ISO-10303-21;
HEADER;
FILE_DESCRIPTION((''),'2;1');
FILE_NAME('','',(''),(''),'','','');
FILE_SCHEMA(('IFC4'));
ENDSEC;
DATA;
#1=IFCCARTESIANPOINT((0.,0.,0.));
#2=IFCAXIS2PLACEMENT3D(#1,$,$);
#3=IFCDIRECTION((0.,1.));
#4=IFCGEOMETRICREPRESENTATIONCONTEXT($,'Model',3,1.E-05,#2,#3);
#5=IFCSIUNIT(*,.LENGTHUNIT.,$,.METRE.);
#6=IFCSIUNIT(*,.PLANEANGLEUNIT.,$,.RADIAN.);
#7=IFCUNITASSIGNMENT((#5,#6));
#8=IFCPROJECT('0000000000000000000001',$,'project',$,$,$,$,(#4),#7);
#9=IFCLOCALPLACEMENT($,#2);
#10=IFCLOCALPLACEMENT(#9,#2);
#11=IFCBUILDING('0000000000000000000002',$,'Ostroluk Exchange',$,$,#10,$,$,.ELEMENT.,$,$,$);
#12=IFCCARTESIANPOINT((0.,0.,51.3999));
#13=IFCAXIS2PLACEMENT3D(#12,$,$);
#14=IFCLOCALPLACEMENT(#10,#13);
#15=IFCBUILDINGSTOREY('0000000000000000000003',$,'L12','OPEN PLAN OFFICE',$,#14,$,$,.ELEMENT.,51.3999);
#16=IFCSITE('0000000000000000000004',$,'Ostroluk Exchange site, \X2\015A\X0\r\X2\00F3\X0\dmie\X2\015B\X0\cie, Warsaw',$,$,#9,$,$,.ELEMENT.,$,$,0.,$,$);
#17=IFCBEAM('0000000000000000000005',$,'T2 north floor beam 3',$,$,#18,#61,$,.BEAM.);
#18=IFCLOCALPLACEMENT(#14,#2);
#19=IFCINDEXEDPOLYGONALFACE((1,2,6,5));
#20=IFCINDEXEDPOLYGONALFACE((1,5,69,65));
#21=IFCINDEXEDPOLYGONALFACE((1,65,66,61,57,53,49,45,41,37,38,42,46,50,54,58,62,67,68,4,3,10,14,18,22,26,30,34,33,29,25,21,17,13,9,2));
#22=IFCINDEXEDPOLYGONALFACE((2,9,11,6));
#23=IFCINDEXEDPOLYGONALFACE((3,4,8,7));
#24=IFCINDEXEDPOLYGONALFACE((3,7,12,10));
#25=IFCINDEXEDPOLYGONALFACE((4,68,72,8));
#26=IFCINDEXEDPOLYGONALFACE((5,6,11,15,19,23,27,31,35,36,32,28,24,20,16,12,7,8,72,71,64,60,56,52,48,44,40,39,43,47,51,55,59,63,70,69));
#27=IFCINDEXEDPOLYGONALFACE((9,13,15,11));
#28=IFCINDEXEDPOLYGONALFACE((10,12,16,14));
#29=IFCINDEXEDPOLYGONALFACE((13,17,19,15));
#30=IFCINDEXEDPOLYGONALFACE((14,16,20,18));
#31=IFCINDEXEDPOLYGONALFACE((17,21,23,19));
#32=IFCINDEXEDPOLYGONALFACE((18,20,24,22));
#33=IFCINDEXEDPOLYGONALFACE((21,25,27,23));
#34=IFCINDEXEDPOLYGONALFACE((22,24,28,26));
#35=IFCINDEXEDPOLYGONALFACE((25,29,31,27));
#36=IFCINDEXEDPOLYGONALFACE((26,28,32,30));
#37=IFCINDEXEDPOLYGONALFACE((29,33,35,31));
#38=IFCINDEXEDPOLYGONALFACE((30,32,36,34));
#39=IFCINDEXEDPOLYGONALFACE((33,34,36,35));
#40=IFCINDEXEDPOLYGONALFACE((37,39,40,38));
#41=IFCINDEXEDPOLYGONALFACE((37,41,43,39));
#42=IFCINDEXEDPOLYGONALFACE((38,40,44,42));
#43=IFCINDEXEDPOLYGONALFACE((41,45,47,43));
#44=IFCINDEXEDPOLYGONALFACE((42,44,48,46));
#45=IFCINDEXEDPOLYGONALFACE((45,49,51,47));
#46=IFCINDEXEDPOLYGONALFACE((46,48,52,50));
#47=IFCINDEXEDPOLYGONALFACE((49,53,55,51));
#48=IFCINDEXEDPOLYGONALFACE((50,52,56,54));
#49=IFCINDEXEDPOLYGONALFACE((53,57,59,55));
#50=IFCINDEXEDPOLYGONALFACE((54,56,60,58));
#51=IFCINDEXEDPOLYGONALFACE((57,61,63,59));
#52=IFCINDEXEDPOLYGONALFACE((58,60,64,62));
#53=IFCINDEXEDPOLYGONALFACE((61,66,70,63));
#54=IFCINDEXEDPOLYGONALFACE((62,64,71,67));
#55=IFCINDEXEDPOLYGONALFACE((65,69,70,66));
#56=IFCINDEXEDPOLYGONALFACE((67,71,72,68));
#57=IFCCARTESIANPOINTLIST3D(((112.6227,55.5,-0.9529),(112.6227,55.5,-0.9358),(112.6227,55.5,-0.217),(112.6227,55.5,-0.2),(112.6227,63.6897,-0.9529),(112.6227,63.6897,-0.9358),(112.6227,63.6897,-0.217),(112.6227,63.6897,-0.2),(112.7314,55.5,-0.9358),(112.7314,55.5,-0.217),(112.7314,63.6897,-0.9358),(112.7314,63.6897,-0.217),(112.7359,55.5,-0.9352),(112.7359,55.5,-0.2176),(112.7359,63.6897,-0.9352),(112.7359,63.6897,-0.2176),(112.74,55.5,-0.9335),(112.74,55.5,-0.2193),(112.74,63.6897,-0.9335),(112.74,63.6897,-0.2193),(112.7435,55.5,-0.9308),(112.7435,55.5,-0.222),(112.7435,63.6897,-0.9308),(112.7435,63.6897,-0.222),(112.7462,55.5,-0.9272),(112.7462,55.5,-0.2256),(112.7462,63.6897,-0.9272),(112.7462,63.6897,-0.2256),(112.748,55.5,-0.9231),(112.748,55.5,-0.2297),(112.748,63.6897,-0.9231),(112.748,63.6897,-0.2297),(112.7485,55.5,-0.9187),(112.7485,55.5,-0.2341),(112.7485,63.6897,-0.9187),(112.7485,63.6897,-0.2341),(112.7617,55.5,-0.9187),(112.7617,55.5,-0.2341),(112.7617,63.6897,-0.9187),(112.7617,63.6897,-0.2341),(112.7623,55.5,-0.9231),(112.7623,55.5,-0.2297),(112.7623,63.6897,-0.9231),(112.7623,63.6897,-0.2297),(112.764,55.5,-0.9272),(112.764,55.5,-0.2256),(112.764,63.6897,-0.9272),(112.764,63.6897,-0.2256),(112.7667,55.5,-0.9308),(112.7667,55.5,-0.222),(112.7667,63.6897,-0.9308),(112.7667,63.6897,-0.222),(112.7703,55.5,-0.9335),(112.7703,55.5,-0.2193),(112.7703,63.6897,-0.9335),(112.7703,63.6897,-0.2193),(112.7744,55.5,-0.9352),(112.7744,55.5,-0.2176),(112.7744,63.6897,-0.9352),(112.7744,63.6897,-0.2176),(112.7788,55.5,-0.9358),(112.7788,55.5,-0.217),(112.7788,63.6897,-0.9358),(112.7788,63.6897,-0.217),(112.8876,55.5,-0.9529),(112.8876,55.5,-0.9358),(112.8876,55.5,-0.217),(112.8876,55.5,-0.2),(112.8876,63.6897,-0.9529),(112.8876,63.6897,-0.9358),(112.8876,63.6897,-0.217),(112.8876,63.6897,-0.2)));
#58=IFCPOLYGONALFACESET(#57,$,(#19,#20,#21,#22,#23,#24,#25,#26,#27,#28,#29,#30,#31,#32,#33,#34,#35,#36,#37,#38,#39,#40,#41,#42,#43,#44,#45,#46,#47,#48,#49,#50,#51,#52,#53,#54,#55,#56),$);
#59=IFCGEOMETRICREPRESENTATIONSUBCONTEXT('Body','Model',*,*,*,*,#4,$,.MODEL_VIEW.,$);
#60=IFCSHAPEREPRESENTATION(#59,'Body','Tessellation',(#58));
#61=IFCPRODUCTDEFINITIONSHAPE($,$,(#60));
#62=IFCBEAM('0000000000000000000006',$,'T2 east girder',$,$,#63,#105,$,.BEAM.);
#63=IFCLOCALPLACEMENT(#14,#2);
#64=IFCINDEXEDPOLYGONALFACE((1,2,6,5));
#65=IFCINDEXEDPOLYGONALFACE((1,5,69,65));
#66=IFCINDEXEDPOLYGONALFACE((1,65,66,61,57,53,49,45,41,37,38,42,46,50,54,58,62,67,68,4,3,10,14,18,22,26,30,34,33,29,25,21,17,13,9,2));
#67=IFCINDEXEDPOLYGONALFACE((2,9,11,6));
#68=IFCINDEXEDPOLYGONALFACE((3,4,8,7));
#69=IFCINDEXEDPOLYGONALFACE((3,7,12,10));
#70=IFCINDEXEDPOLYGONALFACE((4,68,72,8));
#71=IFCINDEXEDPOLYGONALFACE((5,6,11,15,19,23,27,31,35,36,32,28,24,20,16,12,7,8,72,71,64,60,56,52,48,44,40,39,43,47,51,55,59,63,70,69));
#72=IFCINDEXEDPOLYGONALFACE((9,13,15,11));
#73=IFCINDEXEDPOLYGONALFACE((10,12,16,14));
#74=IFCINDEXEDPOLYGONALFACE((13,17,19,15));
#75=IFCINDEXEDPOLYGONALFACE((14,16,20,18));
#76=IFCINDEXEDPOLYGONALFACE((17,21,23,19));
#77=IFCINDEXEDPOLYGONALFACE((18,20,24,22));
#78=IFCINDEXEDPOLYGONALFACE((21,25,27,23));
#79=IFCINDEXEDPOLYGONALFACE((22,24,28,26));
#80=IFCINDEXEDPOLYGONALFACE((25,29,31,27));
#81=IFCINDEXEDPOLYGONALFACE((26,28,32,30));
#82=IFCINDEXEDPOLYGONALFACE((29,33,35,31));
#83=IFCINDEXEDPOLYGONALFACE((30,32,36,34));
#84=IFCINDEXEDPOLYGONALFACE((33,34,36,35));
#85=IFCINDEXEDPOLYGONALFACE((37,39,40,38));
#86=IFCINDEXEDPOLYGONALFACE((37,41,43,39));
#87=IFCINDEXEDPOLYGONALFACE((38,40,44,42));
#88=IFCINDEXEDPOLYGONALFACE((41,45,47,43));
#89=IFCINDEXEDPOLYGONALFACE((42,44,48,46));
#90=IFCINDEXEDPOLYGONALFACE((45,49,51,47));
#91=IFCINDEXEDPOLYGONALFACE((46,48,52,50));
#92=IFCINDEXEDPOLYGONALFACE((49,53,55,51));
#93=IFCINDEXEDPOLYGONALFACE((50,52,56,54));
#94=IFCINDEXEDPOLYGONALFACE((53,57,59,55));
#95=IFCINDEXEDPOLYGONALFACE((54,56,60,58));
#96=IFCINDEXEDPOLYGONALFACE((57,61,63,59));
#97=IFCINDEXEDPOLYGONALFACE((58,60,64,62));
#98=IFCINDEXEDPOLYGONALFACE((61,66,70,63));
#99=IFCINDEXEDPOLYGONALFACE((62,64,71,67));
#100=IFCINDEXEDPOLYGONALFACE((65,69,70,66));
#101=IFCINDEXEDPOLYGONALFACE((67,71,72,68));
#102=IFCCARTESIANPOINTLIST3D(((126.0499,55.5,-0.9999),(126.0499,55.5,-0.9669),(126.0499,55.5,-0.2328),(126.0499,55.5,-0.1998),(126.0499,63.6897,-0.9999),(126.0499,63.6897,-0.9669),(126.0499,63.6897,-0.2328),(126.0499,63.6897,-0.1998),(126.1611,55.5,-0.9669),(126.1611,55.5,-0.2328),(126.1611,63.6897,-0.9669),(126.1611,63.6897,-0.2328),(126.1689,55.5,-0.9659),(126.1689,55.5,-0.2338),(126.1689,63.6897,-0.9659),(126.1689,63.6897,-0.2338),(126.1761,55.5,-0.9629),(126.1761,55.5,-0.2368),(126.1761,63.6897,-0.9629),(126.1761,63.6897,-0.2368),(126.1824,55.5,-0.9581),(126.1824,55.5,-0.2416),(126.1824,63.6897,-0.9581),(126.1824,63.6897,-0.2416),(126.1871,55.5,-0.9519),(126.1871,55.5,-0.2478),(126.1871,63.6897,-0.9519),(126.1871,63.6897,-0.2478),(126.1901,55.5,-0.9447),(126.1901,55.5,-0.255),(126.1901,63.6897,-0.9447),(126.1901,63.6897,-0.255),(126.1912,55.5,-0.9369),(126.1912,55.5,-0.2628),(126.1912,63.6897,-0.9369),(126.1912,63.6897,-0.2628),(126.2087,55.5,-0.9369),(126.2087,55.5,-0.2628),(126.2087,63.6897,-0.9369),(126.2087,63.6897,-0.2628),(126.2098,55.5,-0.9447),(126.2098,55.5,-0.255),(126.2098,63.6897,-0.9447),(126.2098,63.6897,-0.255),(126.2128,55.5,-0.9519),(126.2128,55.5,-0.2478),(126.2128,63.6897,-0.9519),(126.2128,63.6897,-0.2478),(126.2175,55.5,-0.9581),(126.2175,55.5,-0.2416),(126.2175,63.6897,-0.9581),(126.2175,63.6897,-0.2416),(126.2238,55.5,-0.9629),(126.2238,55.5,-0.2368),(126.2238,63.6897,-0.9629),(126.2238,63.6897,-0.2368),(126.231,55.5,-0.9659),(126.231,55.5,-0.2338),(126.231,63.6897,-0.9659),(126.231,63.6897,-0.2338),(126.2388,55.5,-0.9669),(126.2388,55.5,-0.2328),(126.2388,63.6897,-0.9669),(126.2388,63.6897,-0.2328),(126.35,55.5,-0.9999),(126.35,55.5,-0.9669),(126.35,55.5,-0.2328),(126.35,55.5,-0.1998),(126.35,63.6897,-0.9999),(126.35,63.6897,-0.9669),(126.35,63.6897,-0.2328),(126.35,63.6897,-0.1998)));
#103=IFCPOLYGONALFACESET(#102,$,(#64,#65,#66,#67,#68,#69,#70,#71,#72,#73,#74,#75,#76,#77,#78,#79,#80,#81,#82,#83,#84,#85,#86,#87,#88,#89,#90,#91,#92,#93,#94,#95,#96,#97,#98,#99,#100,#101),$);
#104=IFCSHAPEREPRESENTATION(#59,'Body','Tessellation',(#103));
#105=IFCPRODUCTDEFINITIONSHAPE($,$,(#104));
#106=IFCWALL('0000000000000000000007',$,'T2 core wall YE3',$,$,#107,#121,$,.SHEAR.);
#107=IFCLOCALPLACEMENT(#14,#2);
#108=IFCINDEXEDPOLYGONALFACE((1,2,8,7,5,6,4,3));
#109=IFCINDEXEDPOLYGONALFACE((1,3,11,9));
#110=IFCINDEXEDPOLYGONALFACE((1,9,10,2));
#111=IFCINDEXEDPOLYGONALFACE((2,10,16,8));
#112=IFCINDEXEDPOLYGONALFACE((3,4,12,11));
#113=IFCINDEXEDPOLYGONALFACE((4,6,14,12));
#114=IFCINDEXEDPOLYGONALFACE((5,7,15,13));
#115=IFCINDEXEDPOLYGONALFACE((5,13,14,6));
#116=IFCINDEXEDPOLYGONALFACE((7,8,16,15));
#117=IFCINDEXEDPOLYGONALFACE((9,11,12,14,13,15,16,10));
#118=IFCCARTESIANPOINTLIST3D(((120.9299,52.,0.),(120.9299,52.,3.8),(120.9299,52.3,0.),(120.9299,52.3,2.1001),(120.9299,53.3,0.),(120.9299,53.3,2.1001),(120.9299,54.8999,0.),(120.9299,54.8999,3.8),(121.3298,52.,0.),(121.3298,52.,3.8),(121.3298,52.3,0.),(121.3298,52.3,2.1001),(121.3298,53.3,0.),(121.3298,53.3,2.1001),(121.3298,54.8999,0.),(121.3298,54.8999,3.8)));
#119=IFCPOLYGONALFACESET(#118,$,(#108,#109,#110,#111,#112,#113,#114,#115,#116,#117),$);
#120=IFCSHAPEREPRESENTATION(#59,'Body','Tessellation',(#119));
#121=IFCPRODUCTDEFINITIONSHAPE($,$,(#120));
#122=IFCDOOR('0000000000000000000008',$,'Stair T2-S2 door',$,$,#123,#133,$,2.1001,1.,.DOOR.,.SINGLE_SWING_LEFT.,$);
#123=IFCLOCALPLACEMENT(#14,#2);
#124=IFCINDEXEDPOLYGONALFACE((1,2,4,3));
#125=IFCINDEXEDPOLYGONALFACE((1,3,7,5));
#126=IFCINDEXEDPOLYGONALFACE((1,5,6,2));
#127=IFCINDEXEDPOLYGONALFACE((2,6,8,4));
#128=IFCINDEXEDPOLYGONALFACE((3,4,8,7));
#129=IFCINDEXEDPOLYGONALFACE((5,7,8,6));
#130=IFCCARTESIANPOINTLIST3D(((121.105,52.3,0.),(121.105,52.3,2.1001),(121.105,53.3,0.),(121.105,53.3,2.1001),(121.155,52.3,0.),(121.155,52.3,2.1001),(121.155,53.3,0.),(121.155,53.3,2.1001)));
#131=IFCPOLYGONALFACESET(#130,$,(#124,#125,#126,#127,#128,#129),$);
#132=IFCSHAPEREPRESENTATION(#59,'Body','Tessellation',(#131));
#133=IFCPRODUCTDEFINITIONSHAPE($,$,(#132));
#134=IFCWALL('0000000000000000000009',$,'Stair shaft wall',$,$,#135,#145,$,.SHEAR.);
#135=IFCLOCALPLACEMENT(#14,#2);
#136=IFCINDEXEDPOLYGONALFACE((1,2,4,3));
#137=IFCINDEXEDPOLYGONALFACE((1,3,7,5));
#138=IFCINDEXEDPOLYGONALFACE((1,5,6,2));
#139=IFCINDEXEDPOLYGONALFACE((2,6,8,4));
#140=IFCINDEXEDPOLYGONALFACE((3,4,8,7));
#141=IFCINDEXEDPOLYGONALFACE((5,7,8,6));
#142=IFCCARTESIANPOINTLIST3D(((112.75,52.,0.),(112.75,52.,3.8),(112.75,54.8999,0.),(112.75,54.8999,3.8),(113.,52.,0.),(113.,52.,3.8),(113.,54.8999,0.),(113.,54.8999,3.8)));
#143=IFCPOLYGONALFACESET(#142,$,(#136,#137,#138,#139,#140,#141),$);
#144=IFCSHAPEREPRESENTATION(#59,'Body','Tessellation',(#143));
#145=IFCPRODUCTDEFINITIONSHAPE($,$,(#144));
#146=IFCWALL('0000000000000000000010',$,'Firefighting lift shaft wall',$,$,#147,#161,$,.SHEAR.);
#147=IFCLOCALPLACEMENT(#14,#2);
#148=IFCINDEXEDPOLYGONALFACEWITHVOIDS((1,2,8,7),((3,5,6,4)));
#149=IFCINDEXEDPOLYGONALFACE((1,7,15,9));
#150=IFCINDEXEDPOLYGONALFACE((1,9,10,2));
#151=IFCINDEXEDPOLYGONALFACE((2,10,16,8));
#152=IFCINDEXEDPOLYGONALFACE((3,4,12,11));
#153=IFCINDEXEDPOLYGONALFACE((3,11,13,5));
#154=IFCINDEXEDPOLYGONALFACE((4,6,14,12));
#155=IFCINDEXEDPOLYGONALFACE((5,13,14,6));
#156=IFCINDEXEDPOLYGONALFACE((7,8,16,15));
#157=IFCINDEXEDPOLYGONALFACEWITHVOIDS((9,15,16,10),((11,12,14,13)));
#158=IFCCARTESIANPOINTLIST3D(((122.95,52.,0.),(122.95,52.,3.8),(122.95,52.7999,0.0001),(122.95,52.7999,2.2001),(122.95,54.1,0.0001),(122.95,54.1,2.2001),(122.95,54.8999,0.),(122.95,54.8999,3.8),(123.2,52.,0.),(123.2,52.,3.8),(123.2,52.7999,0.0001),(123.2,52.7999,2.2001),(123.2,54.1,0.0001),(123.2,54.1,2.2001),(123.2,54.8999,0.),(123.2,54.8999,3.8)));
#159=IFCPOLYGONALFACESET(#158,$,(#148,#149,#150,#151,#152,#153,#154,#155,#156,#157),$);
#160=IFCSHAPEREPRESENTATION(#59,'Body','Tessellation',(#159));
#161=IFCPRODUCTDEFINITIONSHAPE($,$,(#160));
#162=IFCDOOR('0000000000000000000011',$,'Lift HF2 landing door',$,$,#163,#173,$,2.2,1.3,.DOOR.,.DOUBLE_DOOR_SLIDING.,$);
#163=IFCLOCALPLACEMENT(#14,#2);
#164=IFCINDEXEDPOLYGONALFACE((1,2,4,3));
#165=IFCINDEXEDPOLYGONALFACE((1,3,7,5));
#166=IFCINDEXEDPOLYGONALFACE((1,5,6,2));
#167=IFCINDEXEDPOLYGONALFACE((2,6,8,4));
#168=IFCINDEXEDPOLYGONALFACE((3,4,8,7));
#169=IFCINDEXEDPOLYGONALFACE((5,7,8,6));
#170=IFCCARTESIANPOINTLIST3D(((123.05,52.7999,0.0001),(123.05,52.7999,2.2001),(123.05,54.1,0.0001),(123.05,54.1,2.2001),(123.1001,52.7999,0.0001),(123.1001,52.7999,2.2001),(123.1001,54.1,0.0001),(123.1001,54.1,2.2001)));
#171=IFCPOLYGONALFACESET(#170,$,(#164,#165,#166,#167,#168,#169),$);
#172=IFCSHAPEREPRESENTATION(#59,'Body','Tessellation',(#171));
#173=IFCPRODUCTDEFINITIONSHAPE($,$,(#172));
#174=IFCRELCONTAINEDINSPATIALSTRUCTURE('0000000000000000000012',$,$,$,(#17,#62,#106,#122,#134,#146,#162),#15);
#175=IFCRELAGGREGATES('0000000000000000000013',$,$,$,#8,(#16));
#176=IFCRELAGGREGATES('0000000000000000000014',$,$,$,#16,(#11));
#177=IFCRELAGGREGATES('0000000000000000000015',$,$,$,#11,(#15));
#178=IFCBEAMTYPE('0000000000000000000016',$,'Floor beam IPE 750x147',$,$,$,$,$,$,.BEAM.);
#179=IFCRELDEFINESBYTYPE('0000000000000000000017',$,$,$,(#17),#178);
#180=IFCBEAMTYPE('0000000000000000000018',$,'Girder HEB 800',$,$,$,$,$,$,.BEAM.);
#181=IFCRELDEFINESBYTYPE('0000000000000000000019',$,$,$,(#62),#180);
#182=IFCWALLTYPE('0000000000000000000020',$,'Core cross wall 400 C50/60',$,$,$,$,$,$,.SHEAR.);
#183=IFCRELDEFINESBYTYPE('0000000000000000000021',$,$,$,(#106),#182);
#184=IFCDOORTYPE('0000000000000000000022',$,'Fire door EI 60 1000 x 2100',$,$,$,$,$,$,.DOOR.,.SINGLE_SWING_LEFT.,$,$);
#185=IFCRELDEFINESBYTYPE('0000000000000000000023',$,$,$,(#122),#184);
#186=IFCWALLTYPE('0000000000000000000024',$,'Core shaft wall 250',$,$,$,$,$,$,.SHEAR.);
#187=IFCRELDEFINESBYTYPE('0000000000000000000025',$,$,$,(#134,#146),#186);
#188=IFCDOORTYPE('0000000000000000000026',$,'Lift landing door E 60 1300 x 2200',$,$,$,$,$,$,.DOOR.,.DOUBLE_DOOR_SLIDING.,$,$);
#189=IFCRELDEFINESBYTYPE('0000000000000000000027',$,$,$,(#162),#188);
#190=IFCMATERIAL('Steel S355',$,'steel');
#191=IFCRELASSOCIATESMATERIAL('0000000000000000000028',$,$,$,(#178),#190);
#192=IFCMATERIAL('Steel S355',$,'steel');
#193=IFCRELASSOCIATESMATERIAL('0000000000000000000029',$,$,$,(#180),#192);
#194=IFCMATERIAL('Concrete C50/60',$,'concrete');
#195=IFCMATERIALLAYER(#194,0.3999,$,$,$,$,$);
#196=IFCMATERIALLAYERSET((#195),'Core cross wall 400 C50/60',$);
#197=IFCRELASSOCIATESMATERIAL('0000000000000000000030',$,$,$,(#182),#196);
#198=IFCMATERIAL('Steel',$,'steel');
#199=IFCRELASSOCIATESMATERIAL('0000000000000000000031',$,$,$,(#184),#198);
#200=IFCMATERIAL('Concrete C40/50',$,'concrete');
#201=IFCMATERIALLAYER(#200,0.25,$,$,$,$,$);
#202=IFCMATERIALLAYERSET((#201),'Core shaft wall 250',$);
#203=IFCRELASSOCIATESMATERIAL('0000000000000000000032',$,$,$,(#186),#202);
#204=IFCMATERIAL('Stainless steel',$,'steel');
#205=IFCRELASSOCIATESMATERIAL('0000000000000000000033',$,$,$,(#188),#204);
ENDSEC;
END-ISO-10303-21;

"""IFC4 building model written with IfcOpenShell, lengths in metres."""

from ifc_helpers import new_model, si_unit, direction, frame, frame_2d, origin, origin_2d, place, context, subcontext, project, spatial, rectangle, i_section, extrude, material, layer, layer_set, material_profile, profile_set, type_object, element, fill, save


model = new_model("IFC4")

# Units and contexts
model_context = context("Model", 3, precision=1e-05, world=origin(), true_north=direction((0.0, 1.0)))
body_context = subcontext(model_context, "Body", "Model", "MODEL_VIEW")
ifc_project = project(units=[si_unit("LENGTHUNIT", "METRE"), si_unit("PLANEANGLEUNIT", "RADIAN")], contexts=[model_context])

# Site, building, storey
site_placement = place(None, origin())
site = spatial("IfcSite", under=ifc_project, at=site_placement, Name="Ostroluk Exchange site, Śródmieście, Warsaw", CompositionType="ELEMENT", RefElevation=0.0)
building_placement = place(site_placement, origin())
building = spatial("IfcBuilding", under=site, at=building_placement, Name="Ostroluk Exchange", CompositionType="ELEMENT")
storey_placement = place(building_placement, frame((0.0, 0.0, 51.3999)))
storey = spatial("IfcBuildingStorey", under=building, at=storey_placement, Name="L12", Description="OPEN PLAN OFFICE", CompositionType="ELEMENT", Elevation=51.3999)

# Beams
ifc_material_1 = material(Name="Steel S355", Category="steel")
ifc_material_profile_1 = material_profile(ifc_material_1, i_section(OverallWidth=0.2649, OverallDepth=0.7529, WebThickness=0.0132, FlangeThickness=0.0171, FilletRadius=0.0171, at=origin_2d()), Name="IPE 750x147")
ifc_profile_set_1 = profile_set([ifc_material_profile_1], Name="Steel S355")
beam_type_1 = type_object("IfcBeamType", Name="Floor beam IPE 750x147", PredefinedType="BEAM", material=ifc_profile_set_1)
for number, where, z_axis, x_axis, name in (
    (1, (112.7551, 55.5, -0.5764), (0.0, 1.0, 0.0), (-1.0, 0.0, 0.0), "T2 north floor beam 3"),
):
    element("IfcBeam", number, at=place(storey_placement, frame(where, z_axis=z_axis, x_axis=x_axis)), inside=storey, type_object=beam_type_1, Name=name, PredefinedType="BEAM", context=body_context, shape_type="SweptSolid", body=[
        extrude(i_section(OverallWidth=0.2649, OverallDepth=0.7529, WebThickness=0.0132, FlangeThickness=0.0171, FilletRadius=0.0171, at=origin_2d()), origin(), (0.0, 0.0, 1.0), 8.1897),
    ])
ifc_material_2 = material(Name="Steel S355", Category="steel")
ifc_material_profile_2 = material_profile(ifc_material_2, i_section(OverallWidth=0.3, OverallDepth=0.8, WebThickness=0.0176, FlangeThickness=0.033, FilletRadius=0.03, at=origin_2d()), Name="HEB 800")
ifc_profile_set_2 = profile_set([ifc_material_profile_2], Name="Steel S355")
beam_type_2 = type_object("IfcBeamType", Name="Girder HEB 800", PredefinedType="BEAM", material=ifc_profile_set_2)
beam_placement = place(storey_placement, frame((126.2, 55.5, -0.5999), z_axis=(0.0, 1.0, 0.0), x_axis=(-1.0, 0.0, 0.0)))
element("IfcBeam", 2, at=beam_placement, inside=storey, type_object=beam_type_2, Name="T2 east girder", PredefinedType="BEAM", context=body_context, shape_type="SweptSolid", body=[
    extrude(i_section(OverallWidth=0.3, OverallDepth=0.8, WebThickness=0.0176, FlangeThickness=0.033, FilletRadius=0.03, at=origin_2d()), origin(), (0.0, 0.0, 1.0), 8.1897),
])

# Wall, opening, door
ifc_material_3 = material(Name="Concrete C50/60", Category="concrete")
ifc_layer_1 = layer(ifc_material_3, 0.3999)
ifc_layer_set_1 = layer_set([ifc_layer_1], Name="Core cross wall 400 C50/60")
wall_type_1 = type_object("IfcWallType", Name="Core cross wall 400 C50/60", PredefinedType="SHEAR", material=ifc_layer_set_1)
wall_1_placement = place(storey_placement, frame((121.1299, 52.0, 0.0), z_axis=(0.0, 0.0, 1.0), x_axis=(0.0, 1.0, 0.0)))
wall_1 = element("IfcWall", 3, at=wall_1_placement, inside=storey, type_object=wall_type_1, Name="T2 core wall YE3", PredefinedType="SHEAR", context=body_context, shape_type="SweptSolid", body=[
    extrude(rectangle(XDim=2.8999, YDim=0.3999, at=frame_2d((1.45, 0.0))), origin(), (0.0, 0.0, 1.0), 3.8),
])
opening_1_placement = place(wall_1_placement, frame((0.3, 0.0, 0.0)))
opening_1 = element("IfcOpeningElement", 4, at=opening_1_placement, cuts=wall_1, PredefinedType="OPENING", context=body_context, shape_type="SweptSolid", body=[
    extrude(rectangle(XDim=1.0, YDim=2.1001, at=frame_2d((0.5, 1.05))), frame((0.0, 0.21, 0.0), z_axis=(0.0, -1.0, 0.0), x_axis=(1.0, 0.0, 0.0)), (0.0, 0.0, 1.0), 0.4199),
])
ifc_material_4 = material(Name="Steel", Category="steel")
door_type_1 = type_object("IfcDoorType", Name="Fire door EI 60 1000 x 2100", OperationType="SINGLE_SWING_LEFT", PredefinedType="DOOR", material=ifc_material_4)
door_1_placement = place(opening_1_placement, origin())
door_1 = element("IfcDoor", 5, at=door_1_placement, inside=storey, type_object=door_type_1, Name="Stair T2-S2 door", OperationType="SINGLE_SWING_LEFT", OverallHeight=2.1001, OverallWidth=1.0, PredefinedType="DOOR", context=body_context, shape_type="SweptSolid", body=[
    extrude(rectangle(XDim=1.0, YDim=2.1001, at=frame_2d((0.5, 1.05))), frame((0.0, 0.0249, 0.0), z_axis=(0.0, -1.0, 0.0), x_axis=(1.0, 0.0, 0.0)), (0.0, 0.0, 1.0), 0.05),
])
fill(opening_1, door_1)

# Wall
ifc_material_5 = material(Name="Concrete C40/50", Category="concrete")
ifc_layer_2 = layer(ifc_material_5, 0.25)
ifc_layer_set_2 = layer_set([ifc_layer_2], Name="Core shaft wall 250")
wall_type_2 = type_object("IfcWallType", Name="Core shaft wall 250", PredefinedType="SHEAR", material=ifc_layer_set_2)
wall_2_placement = place(storey_placement, frame((112.875, 52.0, 0.0), z_axis=(0.0, 0.0, 1.0), x_axis=(0.0, 1.0, 0.0)))
element("IfcWall", 6, at=wall_2_placement, inside=storey, type_object=wall_type_2, Name="Stair shaft wall", PredefinedType="SHEAR", context=body_context, shape_type="SweptSolid", body=[
    extrude(rectangle(XDim=2.8999, YDim=0.25, at=frame_2d((1.45, 0.0))), origin(), (0.0, 0.0, 1.0), 3.8),
])

# Wall, opening, door
wall_3_placement = place(storey_placement, frame((123.075, 52.0, 0.0), z_axis=(0.0, 0.0, 1.0), x_axis=(0.0, 1.0, 0.0)))
wall_3 = element("IfcWall", 7, at=wall_3_placement, inside=storey, type_object=wall_type_2, Name="Firefighting lift shaft wall", PredefinedType="SHEAR", context=body_context, shape_type="SweptSolid", body=[
    extrude(rectangle(XDim=2.8999, YDim=0.25, at=frame_2d((1.45, 0.0))), origin(), (0.0, 0.0, 1.0), 3.8),
])
opening_2_placement = place(wall_3_placement, frame((0.8, 0.0, 0.0)))
opening_2 = element("IfcOpeningElement", 8, at=opening_2_placement, cuts=wall_3, PredefinedType="OPENING", context=body_context, shape_type="SweptSolid", body=[
    extrude(rectangle(XDim=1.3, YDim=2.2, at=frame_2d((0.6499, 1.1001))), frame((0.0, 0.135, 0.0), z_axis=(0.0, -1.0, 0.0), x_axis=(1.0, 0.0, 0.0)), (0.0, 0.0, 1.0), 0.27),
])
ifc_material_6 = material(Name="Stainless steel", Category="steel")
door_type_2 = type_object("IfcDoorType", Name="Lift landing door E 60 1300 x 2200", OperationType="DOUBLE_DOOR_SLIDING", PredefinedType="DOOR", material=ifc_material_6)
door_2_placement = place(opening_2_placement, origin())
door_2 = element("IfcDoor", 9, at=door_2_placement, inside=storey, type_object=door_type_2, Name="Lift HF2 landing door", OperationType="DOUBLE_DOOR_SLIDING", OverallHeight=2.2, OverallWidth=1.3, PredefinedType="DOOR", context=body_context, shape_type="SweptSolid", body=[
    extrude(rectangle(XDim=1.3, YDim=2.2, at=frame_2d((0.6499, 1.1001))), frame((0.0, 0.0249, 0.0), z_axis=(0.0, -1.0, 0.0), x_axis=(1.0, 0.0, 0.0)), (0.0, 0.0, 1.0), 0.05),
])
fill(opening_2, door_2)

save(model, "model.ifc")
